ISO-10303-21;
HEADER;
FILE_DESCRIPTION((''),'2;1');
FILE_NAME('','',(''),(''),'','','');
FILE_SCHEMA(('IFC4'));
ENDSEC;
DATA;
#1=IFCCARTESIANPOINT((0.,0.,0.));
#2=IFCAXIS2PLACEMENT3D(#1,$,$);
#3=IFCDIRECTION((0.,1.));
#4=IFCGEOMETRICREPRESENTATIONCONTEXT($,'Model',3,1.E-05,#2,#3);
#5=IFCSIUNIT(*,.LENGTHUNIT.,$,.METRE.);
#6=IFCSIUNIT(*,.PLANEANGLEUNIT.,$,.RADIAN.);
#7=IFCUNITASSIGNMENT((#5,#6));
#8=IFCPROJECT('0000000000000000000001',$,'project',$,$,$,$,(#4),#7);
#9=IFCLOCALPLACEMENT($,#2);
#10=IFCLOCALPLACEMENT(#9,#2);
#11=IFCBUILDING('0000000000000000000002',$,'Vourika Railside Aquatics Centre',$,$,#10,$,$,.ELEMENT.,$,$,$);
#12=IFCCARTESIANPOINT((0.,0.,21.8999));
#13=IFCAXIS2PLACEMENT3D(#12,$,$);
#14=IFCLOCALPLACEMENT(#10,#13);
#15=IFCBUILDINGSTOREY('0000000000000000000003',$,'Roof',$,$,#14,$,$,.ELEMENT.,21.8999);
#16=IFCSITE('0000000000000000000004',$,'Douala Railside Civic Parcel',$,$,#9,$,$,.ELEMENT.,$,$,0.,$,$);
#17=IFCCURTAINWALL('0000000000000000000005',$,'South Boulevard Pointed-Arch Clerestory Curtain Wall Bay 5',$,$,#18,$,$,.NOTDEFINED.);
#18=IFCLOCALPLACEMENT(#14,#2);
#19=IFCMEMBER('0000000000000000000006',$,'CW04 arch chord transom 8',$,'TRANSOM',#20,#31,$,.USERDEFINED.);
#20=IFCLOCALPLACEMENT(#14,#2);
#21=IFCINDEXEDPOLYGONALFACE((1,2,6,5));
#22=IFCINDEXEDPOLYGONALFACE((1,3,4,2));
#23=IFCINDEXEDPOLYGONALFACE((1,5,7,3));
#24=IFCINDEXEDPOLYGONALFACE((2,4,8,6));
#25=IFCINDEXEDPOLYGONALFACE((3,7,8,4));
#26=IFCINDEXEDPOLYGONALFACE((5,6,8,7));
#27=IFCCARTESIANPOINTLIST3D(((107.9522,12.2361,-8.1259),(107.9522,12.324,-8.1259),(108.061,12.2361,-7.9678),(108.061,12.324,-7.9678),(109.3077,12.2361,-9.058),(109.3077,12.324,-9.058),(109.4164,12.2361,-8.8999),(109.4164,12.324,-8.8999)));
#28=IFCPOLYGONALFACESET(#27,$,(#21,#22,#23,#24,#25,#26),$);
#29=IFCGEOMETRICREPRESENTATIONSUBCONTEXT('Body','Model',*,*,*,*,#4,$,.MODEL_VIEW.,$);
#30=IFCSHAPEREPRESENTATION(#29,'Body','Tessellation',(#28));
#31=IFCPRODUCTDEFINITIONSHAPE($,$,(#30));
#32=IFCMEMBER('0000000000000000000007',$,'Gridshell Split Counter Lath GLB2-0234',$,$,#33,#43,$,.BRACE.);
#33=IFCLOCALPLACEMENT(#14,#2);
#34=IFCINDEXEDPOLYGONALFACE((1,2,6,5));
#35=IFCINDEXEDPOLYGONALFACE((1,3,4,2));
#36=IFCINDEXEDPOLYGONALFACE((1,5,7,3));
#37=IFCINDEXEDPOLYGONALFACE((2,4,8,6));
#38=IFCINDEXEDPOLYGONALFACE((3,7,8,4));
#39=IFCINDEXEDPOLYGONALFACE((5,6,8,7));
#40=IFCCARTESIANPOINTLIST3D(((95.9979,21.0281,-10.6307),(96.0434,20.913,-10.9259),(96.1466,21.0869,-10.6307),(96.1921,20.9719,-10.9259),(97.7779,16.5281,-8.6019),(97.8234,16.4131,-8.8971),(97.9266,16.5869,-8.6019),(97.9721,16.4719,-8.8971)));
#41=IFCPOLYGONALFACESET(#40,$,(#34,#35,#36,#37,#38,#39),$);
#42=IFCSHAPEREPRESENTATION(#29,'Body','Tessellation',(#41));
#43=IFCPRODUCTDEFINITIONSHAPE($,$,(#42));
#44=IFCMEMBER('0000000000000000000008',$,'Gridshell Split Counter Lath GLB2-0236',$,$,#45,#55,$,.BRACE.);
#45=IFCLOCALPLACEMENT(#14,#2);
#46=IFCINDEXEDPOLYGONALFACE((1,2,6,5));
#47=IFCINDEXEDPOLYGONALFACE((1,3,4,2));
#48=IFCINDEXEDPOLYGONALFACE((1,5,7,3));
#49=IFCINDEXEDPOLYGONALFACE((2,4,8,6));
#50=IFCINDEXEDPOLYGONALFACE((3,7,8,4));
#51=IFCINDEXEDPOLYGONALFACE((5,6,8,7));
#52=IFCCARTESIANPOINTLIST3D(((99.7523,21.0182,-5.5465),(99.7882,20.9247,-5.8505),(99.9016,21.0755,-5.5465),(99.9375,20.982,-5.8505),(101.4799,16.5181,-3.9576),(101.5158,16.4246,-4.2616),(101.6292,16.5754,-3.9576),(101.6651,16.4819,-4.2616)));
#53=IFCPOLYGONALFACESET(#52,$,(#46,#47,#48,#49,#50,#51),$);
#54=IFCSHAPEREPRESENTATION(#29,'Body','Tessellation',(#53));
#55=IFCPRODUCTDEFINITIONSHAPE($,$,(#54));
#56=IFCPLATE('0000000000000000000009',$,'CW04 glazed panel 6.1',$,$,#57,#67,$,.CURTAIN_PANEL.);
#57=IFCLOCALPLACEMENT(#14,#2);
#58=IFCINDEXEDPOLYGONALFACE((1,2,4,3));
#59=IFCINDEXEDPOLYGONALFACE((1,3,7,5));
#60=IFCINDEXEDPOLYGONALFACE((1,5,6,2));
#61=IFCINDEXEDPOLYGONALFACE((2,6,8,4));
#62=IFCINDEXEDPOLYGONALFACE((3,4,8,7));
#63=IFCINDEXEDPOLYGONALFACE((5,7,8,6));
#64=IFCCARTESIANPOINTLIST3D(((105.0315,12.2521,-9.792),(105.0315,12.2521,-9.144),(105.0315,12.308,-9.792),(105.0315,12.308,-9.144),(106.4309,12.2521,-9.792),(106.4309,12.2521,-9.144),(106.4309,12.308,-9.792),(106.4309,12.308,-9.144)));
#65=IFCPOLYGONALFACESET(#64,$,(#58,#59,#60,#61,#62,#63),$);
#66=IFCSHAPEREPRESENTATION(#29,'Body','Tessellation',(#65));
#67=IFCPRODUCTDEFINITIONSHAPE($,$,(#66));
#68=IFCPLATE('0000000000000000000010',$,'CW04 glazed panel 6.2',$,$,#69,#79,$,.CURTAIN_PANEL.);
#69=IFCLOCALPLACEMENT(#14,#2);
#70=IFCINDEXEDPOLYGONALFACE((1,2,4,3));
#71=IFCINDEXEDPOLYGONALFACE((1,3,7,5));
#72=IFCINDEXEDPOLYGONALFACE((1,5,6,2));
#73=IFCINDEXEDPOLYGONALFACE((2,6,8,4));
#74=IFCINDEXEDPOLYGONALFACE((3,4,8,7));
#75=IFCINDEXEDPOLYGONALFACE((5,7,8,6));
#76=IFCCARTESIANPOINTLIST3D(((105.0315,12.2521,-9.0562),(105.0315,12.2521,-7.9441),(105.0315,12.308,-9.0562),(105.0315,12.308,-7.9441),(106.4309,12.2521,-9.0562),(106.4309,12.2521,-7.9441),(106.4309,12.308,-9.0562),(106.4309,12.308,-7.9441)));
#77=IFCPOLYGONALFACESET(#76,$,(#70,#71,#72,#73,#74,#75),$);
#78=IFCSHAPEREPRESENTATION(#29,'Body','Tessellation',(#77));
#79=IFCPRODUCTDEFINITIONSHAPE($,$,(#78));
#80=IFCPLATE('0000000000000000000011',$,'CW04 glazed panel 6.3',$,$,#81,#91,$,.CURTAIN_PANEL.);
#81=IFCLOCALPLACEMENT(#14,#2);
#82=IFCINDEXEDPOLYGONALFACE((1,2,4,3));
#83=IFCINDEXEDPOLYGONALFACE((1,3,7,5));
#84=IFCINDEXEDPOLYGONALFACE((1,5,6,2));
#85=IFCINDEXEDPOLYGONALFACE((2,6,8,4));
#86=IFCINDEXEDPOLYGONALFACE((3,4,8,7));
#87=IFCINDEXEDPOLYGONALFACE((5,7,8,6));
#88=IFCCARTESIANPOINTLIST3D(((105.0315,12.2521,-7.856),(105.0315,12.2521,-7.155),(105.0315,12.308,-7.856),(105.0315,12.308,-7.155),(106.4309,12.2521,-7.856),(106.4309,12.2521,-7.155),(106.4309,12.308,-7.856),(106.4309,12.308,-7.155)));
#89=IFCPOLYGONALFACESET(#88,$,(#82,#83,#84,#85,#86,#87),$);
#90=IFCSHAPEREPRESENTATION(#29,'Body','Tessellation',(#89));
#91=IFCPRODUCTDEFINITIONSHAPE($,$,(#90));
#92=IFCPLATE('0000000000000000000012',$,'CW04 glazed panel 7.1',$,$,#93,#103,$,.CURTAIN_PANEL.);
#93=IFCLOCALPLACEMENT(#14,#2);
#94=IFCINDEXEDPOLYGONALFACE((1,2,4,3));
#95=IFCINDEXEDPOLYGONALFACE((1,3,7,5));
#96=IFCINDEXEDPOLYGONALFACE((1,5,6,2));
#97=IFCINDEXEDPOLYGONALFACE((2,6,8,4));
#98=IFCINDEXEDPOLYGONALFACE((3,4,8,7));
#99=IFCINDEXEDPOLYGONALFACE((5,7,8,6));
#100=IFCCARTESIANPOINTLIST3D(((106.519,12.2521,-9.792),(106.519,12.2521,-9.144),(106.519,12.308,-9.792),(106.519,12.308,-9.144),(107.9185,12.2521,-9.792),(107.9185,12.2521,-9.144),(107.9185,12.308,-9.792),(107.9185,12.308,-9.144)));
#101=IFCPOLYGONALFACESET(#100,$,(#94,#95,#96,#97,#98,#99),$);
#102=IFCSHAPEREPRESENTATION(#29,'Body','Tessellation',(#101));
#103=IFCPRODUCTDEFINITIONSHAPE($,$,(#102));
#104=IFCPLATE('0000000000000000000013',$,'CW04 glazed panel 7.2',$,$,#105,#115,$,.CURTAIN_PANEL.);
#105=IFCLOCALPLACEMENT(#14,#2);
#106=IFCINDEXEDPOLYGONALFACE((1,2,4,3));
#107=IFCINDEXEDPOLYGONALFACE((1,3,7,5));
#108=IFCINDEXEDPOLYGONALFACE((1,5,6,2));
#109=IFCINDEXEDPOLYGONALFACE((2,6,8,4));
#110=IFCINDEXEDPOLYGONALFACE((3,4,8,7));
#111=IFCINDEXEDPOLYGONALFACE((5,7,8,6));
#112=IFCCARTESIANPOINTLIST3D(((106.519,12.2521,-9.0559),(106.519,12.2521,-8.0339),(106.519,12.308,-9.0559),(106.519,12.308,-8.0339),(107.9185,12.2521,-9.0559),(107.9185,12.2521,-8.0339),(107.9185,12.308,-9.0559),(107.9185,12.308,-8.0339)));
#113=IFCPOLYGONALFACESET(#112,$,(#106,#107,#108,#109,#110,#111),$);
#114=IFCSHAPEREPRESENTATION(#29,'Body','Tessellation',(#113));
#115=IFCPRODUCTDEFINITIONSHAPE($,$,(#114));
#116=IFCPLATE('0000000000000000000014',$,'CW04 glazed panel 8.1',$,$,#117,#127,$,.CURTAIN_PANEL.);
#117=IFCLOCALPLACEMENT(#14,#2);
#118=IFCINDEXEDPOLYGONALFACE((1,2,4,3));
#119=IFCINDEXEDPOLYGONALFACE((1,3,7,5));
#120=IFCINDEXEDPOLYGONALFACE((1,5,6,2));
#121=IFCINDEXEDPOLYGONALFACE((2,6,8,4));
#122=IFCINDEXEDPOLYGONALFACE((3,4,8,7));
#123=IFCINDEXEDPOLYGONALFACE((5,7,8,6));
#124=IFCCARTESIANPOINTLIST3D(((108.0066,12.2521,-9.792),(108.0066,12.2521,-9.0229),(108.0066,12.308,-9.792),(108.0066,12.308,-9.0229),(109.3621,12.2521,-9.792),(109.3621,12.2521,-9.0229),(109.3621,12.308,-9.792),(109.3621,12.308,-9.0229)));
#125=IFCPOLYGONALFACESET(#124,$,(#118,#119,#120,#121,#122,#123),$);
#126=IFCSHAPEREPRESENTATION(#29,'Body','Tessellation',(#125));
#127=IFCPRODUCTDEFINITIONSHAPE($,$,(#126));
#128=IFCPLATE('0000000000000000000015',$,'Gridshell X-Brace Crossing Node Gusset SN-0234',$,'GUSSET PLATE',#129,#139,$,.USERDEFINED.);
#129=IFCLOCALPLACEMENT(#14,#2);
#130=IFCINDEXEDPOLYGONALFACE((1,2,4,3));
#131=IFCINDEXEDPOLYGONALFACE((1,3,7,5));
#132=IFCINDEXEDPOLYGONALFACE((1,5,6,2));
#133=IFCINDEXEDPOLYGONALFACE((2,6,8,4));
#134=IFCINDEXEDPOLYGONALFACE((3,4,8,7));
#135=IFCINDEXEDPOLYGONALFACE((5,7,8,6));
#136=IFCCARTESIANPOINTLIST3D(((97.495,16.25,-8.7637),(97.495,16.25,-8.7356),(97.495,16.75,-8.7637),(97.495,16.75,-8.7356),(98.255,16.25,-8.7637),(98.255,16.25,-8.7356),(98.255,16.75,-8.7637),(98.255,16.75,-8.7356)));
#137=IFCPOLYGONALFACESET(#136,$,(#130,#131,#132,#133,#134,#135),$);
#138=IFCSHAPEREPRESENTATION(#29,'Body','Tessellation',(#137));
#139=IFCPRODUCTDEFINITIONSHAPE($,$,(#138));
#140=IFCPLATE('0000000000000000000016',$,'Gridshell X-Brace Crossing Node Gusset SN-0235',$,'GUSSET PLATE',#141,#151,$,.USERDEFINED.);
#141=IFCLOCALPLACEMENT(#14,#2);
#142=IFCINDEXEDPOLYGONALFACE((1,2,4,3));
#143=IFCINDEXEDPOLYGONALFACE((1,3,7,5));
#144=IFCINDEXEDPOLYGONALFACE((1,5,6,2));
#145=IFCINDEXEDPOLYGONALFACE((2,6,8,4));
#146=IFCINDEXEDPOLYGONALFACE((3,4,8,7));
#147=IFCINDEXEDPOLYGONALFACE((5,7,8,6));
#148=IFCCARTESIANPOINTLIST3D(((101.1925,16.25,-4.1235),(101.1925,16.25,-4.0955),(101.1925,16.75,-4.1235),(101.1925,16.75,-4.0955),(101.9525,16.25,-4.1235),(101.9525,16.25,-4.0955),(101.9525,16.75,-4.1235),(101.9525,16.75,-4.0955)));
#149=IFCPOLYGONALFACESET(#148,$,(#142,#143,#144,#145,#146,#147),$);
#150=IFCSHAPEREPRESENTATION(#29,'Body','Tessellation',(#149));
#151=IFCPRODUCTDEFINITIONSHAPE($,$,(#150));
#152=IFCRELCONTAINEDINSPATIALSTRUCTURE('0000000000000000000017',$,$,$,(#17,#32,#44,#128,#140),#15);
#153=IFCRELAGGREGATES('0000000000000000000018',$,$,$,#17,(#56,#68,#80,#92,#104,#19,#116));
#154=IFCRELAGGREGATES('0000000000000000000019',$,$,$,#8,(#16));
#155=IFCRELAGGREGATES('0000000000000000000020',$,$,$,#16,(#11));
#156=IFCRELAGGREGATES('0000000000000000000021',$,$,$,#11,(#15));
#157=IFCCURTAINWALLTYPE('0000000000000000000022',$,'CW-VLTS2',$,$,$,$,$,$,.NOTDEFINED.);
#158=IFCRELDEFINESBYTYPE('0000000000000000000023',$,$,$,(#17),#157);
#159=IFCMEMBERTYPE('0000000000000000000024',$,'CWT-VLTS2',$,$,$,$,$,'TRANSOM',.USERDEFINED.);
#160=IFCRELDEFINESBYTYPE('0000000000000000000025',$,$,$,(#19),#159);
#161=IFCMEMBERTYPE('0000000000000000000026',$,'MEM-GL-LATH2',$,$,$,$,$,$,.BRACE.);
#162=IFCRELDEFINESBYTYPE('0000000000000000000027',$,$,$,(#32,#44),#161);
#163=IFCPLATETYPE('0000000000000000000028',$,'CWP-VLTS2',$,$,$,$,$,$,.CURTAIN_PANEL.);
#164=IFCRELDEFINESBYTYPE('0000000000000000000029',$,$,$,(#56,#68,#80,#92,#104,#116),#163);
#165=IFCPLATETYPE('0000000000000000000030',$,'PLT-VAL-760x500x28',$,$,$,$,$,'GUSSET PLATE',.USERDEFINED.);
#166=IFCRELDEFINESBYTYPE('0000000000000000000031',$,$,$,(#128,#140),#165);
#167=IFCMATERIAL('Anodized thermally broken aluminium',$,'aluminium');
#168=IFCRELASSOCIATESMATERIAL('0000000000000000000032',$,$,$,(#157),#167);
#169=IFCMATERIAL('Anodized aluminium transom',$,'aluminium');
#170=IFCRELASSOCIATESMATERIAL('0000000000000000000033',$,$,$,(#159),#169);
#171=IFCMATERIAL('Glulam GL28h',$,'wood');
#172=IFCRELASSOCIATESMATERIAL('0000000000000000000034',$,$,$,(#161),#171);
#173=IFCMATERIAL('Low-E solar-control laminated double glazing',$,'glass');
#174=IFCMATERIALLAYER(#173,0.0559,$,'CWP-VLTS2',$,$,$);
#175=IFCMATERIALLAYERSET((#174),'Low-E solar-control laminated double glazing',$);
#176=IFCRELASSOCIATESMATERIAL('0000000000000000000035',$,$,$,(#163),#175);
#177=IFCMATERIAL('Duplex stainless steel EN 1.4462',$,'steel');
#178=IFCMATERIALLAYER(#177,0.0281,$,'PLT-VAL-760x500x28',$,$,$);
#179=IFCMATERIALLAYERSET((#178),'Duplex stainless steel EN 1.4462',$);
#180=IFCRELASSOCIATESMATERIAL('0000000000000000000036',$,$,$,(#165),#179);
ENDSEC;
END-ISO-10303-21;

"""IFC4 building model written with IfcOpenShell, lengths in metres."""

from ifc_helpers import new_model, si_unit, direction, frame, origin, origin_2d, place, context, subcontext, project, spatial, rectangle, extrude, material, layer, layer_set, material_profile, profile_set, type_object, element, aggregate, save


model = new_model("IFC4")

# Units and contexts
model_context = context("Model", 3, precision=1e-05, world=origin(), true_north=direction((0.0, 1.0)))
body_context = subcontext(model_context, "Body", "Model", "MODEL_VIEW")
ifc_project = project(units=[si_unit("LENGTHUNIT", "METRE"), si_unit("PLANEANGLEUNIT", "RADIAN")], contexts=[model_context])

# Site, building, storey
site_placement = place(None, origin())
site = spatial("IfcSite", under=ifc_project, at=site_placement, Name="Douala Railside Civic Parcel", CompositionType="ELEMENT", RefElevation=0.0)
building_placement = place(site_placement, origin())
building = spatial("IfcBuilding", under=site, at=building_placement, Name="Vourika Railside Aquatics Centre", CompositionType="ELEMENT")
storey_placement = place(building_placement, frame((0.0, 0.0, 21.8999)))
storey = spatial("IfcBuildingStorey", under=building, at=storey_placement, Name="Roof", CompositionType="ELEMENT", Elevation=21.8999)

# Curtain wall, member
ifc_material_1 = material(Name="Anodized thermally broken aluminium", Category="aluminium")
curtain_wall_type = type_object("IfcCurtainWallType", Name="CW-VLTS2", PredefinedType="NOTDEFINED", material=ifc_material_1)
curtain_wall_placement = place(storey_placement, origin())
curtain_wall = element("IfcCurtainWall", 1, at=curtain_wall_placement, inside=storey, type_object=curtain_wall_type, Name="South Boulevard Pointed-Arch Clerestory Curtain Wall Bay 5", PredefinedType="NOTDEFINED")
ifc_material_2 = material(Name="Anodized aluminium transom", Category="aluminium")
ifc_material_profile_1 = material_profile(ifc_material_2, rectangle(XDim=0.0879, YDim=0.1919, at=origin_2d()), Name="ALU-T 88x192")
ifc_profile_set_1 = profile_set([ifc_material_profile_1], Name="Anodized aluminium transom")
member_type_1 = type_object("IfcMemberType", Name="CWT-VLTS2", ElementType="TRANSOM", PredefinedType="USERDEFINED", material=ifc_profile_set_1)
member_1_placement = place(storey_placement, frame((108.0066, 12.28, -8.0469), z_axis=(0.823973, 0.0, -0.56663), x_axis=(0.0, 1.0, 0.0)))
member_1 = element("IfcMember", 2, at=member_1_placement, type_object=member_type_1, Name="CW04 arch chord transom 8", ObjectType="TRANSOM", PredefinedType="USERDEFINED", context=body_context, shape_type="SweptSolid", body=[
    extrude(rectangle(XDim=0.0879, YDim=0.1919, at=origin_2d()), origin(), (0.0, 0.0, 1.0), 1.645),
])

# Members
ifc_material_3 = material(Name="Glulam GL28h", Category="wood")
ifc_material_profile_2 = material_profile(ifc_material_3, rectangle(XDim=0.1599, YDim=0.3201, at=origin_2d()), Name="GL28h 160x320")
ifc_profile_set_2 = profile_set([ifc_material_profile_2], Name="Glulam GL28h")
member_type_2 = type_object("IfcMemberType", Name="MEM-GL-LATH2", PredefinedType="BRACE", material=ifc_profile_set_2)
member_2_placement = place(storey_placement, frame((97.875, 16.5, -8.7495), z_axis=(-0.339225, 0.857577, -0.386636), x_axis=(-0.929893, -0.36783, 0.0)))
element("IfcMember", 3, at=member_2_placement, inside=storey, type_object=member_type_2, Name="Gridshell Split Counter Lath GLB2-0234", PredefinedType="BRACE", context=body_context, shape_type="SweptSolid", body=[
    extrude(rectangle(XDim=0.1599, YDim=0.3201, at=origin_2d()), origin(), (0.0, 0.0, 1.0), 5.2473),
])
member_3_placement = place(storey_placement, frame((101.5725, 16.5, -4.1096), z_axis=(-0.34038, 0.886643, -0.313057), x_axis=(-0.93357, -0.358395, 0.0)))
element("IfcMember", 4, at=member_3_placement, inside=storey, type_object=member_type_2, Name="Gridshell Split Counter Lath GLB2-0236", PredefinedType="BRACE", context=body_context, shape_type="SweptSolid", body=[
    extrude(rectangle(XDim=0.1599, YDim=0.3201, at=origin_2d()), origin(), (0.0, 0.0, 1.0), 5.0754),
])

# Plates
ifc_material_4 = material(Name="Low-E solar-control laminated double glazing", Category="glass")
ifc_layer_1 = layer(ifc_material_4, 0.0559, Name="CWP-VLTS2")
ifc_layer_set_1 = layer_set([ifc_layer_1], Name="Low-E solar-control laminated double glazing")
plate_type_1 = type_object("IfcPlateType", Name="CWP-VLTS2", PredefinedType="CURTAIN_PANEL", material=ifc_layer_set_1)
plate_1_placement = place(storey_placement, frame((105.7312, 12.28, -9.792), z_axis=(0.0, 0.0, 1.0), x_axis=(1.0, 0.0, 0.0)))
plate_1 = element("IfcPlate", 5, at=plate_1_placement, type_object=plate_type_1, Name="CW04 glazed panel 6.1", PredefinedType="CURTAIN_PANEL", context=body_context, shape_type="SweptSolid", body=[
    extrude(rectangle(XDim=1.3994, YDim=0.0559, at=origin_2d()), origin(), (0.0, 0.0, 1.0), 0.6479),
])
plate_2_placement = place(storey_placement, frame((105.7312, 12.28, -9.0562), z_axis=(0.0, 0.0, 1.0), x_axis=(1.0, 0.0, 0.0)))
plate_2 = element("IfcPlate", 6, at=plate_2_placement, type_object=plate_type_1, Name="CW04 glazed panel 6.2", PredefinedType="CURTAIN_PANEL", context=body_context, shape_type="SweptSolid", body=[
    extrude(rectangle(XDim=1.3994, YDim=0.0559, at=origin_2d()), origin(), (0.0, 0.0, 1.0), 1.1121),
])
plate_3_placement = place(storey_placement, frame((105.7312, 12.28, -7.856), z_axis=(0.0, 0.0, 1.0), x_axis=(1.0, 0.0, 0.0)))
plate_3 = element("IfcPlate", 7, at=plate_3_placement, type_object=plate_type_1, Name="CW04 glazed panel 6.3", PredefinedType="CURTAIN_PANEL", context=body_context, shape_type="SweptSolid", body=[
    extrude(rectangle(XDim=1.3994, YDim=0.0559, at=origin_2d()), origin(), (0.0, 0.0, 1.0), 0.7009),
])
plate_4_placement = place(storey_placement, frame((107.2188, 12.28, -9.792), z_axis=(0.0, 0.0, 1.0), x_axis=(1.0, 0.0, 0.0)))
plate_4 = element("IfcPlate", 8, at=plate_4_placement, type_object=plate_type_1, Name="CW04 glazed panel 7.1", PredefinedType="CURTAIN_PANEL", context=body_context, shape_type="SweptSolid", body=[
    extrude(rectangle(XDim=1.3994, YDim=0.0559, at=origin_2d()), origin(), (0.0, 0.0, 1.0), 0.6479),
])
plate_5_placement = place(storey_placement, frame((107.2188, 12.28, -9.0559), z_axis=(0.0, 0.0, 1.0), x_axis=(1.0, 0.0, 0.0)))
plate_5 = element("IfcPlate", 9, at=plate_5_placement, type_object=plate_type_1, Name="CW04 glazed panel 7.2", PredefinedType="CURTAIN_PANEL", context=body_context, shape_type="SweptSolid", body=[
    extrude(rectangle(XDim=1.3994, YDim=0.0559, at=origin_2d()), origin(), (0.0, 0.0, 1.0), 1.022),
])
plate_6_placement = place(storey_placement, frame((108.6843, 12.28, -9.792), z_axis=(0.0, 0.0, 1.0), x_axis=(1.0, 0.0, 0.0)))
plate_6 = element("IfcPlate", 10, at=plate_6_placement, type_object=plate_type_1, Name="CW04 glazed panel 8.1", PredefinedType="CURTAIN_PANEL", context=body_context, shape_type="SweptSolid", body=[
    extrude(rectangle(XDim=1.3555, YDim=0.0559, at=origin_2d()), origin(), (0.0, 0.0, 1.0), 0.769),
])
aggregate(curtain_wall, [plate_1, plate_2, plate_3, plate_4, plate_5, member_1, plate_6])

# Plates
ifc_material_5 = material(Name="Duplex stainless steel EN 1.4462", Category="steel")
ifc_layer_2 = layer(ifc_material_5, 0.0281, Name="PLT-VAL-760x500x28")
ifc_layer_set_2 = layer_set([ifc_layer_2], Name="Duplex stainless steel EN 1.4462")
plate_type_2 = type_object("IfcPlateType", Name="PLT-VAL-760x500x28", ElementType="GUSSET PLATE", PredefinedType="USERDEFINED", material=ifc_layer_set_2)
for number, where, z_axis, x_axis, name in (
    (11, (97.875, 16.5, -8.7637), (0.0, 0.0, 1.0), (1.0, 0.0, 0.0), "Gridshell X-Brace Crossing Node Gusset SN-0234"),
    (12, (101.5725, 16.5, -4.1235), (0.0, 0.0, 1.0), (1.0, 0.0, 0.0), "Gridshell X-Brace Crossing Node Gusset SN-0235"),
):
    element("IfcPlate", number, at=place(storey_placement, frame(where, z_axis=z_axis, x_axis=x_axis)), inside=storey, type_object=plate_type_2, Name=name, ObjectType="GUSSET PLATE", PredefinedType="USERDEFINED", context=body_context, shape_type="SweptSolid", body=[
        extrude(rectangle(XDim=0.76, YDim=0.5, at=origin_2d()), origin(), (0.0, 0.0, 1.0), 0.0281),
    ])

save(model, "model.ifc")
